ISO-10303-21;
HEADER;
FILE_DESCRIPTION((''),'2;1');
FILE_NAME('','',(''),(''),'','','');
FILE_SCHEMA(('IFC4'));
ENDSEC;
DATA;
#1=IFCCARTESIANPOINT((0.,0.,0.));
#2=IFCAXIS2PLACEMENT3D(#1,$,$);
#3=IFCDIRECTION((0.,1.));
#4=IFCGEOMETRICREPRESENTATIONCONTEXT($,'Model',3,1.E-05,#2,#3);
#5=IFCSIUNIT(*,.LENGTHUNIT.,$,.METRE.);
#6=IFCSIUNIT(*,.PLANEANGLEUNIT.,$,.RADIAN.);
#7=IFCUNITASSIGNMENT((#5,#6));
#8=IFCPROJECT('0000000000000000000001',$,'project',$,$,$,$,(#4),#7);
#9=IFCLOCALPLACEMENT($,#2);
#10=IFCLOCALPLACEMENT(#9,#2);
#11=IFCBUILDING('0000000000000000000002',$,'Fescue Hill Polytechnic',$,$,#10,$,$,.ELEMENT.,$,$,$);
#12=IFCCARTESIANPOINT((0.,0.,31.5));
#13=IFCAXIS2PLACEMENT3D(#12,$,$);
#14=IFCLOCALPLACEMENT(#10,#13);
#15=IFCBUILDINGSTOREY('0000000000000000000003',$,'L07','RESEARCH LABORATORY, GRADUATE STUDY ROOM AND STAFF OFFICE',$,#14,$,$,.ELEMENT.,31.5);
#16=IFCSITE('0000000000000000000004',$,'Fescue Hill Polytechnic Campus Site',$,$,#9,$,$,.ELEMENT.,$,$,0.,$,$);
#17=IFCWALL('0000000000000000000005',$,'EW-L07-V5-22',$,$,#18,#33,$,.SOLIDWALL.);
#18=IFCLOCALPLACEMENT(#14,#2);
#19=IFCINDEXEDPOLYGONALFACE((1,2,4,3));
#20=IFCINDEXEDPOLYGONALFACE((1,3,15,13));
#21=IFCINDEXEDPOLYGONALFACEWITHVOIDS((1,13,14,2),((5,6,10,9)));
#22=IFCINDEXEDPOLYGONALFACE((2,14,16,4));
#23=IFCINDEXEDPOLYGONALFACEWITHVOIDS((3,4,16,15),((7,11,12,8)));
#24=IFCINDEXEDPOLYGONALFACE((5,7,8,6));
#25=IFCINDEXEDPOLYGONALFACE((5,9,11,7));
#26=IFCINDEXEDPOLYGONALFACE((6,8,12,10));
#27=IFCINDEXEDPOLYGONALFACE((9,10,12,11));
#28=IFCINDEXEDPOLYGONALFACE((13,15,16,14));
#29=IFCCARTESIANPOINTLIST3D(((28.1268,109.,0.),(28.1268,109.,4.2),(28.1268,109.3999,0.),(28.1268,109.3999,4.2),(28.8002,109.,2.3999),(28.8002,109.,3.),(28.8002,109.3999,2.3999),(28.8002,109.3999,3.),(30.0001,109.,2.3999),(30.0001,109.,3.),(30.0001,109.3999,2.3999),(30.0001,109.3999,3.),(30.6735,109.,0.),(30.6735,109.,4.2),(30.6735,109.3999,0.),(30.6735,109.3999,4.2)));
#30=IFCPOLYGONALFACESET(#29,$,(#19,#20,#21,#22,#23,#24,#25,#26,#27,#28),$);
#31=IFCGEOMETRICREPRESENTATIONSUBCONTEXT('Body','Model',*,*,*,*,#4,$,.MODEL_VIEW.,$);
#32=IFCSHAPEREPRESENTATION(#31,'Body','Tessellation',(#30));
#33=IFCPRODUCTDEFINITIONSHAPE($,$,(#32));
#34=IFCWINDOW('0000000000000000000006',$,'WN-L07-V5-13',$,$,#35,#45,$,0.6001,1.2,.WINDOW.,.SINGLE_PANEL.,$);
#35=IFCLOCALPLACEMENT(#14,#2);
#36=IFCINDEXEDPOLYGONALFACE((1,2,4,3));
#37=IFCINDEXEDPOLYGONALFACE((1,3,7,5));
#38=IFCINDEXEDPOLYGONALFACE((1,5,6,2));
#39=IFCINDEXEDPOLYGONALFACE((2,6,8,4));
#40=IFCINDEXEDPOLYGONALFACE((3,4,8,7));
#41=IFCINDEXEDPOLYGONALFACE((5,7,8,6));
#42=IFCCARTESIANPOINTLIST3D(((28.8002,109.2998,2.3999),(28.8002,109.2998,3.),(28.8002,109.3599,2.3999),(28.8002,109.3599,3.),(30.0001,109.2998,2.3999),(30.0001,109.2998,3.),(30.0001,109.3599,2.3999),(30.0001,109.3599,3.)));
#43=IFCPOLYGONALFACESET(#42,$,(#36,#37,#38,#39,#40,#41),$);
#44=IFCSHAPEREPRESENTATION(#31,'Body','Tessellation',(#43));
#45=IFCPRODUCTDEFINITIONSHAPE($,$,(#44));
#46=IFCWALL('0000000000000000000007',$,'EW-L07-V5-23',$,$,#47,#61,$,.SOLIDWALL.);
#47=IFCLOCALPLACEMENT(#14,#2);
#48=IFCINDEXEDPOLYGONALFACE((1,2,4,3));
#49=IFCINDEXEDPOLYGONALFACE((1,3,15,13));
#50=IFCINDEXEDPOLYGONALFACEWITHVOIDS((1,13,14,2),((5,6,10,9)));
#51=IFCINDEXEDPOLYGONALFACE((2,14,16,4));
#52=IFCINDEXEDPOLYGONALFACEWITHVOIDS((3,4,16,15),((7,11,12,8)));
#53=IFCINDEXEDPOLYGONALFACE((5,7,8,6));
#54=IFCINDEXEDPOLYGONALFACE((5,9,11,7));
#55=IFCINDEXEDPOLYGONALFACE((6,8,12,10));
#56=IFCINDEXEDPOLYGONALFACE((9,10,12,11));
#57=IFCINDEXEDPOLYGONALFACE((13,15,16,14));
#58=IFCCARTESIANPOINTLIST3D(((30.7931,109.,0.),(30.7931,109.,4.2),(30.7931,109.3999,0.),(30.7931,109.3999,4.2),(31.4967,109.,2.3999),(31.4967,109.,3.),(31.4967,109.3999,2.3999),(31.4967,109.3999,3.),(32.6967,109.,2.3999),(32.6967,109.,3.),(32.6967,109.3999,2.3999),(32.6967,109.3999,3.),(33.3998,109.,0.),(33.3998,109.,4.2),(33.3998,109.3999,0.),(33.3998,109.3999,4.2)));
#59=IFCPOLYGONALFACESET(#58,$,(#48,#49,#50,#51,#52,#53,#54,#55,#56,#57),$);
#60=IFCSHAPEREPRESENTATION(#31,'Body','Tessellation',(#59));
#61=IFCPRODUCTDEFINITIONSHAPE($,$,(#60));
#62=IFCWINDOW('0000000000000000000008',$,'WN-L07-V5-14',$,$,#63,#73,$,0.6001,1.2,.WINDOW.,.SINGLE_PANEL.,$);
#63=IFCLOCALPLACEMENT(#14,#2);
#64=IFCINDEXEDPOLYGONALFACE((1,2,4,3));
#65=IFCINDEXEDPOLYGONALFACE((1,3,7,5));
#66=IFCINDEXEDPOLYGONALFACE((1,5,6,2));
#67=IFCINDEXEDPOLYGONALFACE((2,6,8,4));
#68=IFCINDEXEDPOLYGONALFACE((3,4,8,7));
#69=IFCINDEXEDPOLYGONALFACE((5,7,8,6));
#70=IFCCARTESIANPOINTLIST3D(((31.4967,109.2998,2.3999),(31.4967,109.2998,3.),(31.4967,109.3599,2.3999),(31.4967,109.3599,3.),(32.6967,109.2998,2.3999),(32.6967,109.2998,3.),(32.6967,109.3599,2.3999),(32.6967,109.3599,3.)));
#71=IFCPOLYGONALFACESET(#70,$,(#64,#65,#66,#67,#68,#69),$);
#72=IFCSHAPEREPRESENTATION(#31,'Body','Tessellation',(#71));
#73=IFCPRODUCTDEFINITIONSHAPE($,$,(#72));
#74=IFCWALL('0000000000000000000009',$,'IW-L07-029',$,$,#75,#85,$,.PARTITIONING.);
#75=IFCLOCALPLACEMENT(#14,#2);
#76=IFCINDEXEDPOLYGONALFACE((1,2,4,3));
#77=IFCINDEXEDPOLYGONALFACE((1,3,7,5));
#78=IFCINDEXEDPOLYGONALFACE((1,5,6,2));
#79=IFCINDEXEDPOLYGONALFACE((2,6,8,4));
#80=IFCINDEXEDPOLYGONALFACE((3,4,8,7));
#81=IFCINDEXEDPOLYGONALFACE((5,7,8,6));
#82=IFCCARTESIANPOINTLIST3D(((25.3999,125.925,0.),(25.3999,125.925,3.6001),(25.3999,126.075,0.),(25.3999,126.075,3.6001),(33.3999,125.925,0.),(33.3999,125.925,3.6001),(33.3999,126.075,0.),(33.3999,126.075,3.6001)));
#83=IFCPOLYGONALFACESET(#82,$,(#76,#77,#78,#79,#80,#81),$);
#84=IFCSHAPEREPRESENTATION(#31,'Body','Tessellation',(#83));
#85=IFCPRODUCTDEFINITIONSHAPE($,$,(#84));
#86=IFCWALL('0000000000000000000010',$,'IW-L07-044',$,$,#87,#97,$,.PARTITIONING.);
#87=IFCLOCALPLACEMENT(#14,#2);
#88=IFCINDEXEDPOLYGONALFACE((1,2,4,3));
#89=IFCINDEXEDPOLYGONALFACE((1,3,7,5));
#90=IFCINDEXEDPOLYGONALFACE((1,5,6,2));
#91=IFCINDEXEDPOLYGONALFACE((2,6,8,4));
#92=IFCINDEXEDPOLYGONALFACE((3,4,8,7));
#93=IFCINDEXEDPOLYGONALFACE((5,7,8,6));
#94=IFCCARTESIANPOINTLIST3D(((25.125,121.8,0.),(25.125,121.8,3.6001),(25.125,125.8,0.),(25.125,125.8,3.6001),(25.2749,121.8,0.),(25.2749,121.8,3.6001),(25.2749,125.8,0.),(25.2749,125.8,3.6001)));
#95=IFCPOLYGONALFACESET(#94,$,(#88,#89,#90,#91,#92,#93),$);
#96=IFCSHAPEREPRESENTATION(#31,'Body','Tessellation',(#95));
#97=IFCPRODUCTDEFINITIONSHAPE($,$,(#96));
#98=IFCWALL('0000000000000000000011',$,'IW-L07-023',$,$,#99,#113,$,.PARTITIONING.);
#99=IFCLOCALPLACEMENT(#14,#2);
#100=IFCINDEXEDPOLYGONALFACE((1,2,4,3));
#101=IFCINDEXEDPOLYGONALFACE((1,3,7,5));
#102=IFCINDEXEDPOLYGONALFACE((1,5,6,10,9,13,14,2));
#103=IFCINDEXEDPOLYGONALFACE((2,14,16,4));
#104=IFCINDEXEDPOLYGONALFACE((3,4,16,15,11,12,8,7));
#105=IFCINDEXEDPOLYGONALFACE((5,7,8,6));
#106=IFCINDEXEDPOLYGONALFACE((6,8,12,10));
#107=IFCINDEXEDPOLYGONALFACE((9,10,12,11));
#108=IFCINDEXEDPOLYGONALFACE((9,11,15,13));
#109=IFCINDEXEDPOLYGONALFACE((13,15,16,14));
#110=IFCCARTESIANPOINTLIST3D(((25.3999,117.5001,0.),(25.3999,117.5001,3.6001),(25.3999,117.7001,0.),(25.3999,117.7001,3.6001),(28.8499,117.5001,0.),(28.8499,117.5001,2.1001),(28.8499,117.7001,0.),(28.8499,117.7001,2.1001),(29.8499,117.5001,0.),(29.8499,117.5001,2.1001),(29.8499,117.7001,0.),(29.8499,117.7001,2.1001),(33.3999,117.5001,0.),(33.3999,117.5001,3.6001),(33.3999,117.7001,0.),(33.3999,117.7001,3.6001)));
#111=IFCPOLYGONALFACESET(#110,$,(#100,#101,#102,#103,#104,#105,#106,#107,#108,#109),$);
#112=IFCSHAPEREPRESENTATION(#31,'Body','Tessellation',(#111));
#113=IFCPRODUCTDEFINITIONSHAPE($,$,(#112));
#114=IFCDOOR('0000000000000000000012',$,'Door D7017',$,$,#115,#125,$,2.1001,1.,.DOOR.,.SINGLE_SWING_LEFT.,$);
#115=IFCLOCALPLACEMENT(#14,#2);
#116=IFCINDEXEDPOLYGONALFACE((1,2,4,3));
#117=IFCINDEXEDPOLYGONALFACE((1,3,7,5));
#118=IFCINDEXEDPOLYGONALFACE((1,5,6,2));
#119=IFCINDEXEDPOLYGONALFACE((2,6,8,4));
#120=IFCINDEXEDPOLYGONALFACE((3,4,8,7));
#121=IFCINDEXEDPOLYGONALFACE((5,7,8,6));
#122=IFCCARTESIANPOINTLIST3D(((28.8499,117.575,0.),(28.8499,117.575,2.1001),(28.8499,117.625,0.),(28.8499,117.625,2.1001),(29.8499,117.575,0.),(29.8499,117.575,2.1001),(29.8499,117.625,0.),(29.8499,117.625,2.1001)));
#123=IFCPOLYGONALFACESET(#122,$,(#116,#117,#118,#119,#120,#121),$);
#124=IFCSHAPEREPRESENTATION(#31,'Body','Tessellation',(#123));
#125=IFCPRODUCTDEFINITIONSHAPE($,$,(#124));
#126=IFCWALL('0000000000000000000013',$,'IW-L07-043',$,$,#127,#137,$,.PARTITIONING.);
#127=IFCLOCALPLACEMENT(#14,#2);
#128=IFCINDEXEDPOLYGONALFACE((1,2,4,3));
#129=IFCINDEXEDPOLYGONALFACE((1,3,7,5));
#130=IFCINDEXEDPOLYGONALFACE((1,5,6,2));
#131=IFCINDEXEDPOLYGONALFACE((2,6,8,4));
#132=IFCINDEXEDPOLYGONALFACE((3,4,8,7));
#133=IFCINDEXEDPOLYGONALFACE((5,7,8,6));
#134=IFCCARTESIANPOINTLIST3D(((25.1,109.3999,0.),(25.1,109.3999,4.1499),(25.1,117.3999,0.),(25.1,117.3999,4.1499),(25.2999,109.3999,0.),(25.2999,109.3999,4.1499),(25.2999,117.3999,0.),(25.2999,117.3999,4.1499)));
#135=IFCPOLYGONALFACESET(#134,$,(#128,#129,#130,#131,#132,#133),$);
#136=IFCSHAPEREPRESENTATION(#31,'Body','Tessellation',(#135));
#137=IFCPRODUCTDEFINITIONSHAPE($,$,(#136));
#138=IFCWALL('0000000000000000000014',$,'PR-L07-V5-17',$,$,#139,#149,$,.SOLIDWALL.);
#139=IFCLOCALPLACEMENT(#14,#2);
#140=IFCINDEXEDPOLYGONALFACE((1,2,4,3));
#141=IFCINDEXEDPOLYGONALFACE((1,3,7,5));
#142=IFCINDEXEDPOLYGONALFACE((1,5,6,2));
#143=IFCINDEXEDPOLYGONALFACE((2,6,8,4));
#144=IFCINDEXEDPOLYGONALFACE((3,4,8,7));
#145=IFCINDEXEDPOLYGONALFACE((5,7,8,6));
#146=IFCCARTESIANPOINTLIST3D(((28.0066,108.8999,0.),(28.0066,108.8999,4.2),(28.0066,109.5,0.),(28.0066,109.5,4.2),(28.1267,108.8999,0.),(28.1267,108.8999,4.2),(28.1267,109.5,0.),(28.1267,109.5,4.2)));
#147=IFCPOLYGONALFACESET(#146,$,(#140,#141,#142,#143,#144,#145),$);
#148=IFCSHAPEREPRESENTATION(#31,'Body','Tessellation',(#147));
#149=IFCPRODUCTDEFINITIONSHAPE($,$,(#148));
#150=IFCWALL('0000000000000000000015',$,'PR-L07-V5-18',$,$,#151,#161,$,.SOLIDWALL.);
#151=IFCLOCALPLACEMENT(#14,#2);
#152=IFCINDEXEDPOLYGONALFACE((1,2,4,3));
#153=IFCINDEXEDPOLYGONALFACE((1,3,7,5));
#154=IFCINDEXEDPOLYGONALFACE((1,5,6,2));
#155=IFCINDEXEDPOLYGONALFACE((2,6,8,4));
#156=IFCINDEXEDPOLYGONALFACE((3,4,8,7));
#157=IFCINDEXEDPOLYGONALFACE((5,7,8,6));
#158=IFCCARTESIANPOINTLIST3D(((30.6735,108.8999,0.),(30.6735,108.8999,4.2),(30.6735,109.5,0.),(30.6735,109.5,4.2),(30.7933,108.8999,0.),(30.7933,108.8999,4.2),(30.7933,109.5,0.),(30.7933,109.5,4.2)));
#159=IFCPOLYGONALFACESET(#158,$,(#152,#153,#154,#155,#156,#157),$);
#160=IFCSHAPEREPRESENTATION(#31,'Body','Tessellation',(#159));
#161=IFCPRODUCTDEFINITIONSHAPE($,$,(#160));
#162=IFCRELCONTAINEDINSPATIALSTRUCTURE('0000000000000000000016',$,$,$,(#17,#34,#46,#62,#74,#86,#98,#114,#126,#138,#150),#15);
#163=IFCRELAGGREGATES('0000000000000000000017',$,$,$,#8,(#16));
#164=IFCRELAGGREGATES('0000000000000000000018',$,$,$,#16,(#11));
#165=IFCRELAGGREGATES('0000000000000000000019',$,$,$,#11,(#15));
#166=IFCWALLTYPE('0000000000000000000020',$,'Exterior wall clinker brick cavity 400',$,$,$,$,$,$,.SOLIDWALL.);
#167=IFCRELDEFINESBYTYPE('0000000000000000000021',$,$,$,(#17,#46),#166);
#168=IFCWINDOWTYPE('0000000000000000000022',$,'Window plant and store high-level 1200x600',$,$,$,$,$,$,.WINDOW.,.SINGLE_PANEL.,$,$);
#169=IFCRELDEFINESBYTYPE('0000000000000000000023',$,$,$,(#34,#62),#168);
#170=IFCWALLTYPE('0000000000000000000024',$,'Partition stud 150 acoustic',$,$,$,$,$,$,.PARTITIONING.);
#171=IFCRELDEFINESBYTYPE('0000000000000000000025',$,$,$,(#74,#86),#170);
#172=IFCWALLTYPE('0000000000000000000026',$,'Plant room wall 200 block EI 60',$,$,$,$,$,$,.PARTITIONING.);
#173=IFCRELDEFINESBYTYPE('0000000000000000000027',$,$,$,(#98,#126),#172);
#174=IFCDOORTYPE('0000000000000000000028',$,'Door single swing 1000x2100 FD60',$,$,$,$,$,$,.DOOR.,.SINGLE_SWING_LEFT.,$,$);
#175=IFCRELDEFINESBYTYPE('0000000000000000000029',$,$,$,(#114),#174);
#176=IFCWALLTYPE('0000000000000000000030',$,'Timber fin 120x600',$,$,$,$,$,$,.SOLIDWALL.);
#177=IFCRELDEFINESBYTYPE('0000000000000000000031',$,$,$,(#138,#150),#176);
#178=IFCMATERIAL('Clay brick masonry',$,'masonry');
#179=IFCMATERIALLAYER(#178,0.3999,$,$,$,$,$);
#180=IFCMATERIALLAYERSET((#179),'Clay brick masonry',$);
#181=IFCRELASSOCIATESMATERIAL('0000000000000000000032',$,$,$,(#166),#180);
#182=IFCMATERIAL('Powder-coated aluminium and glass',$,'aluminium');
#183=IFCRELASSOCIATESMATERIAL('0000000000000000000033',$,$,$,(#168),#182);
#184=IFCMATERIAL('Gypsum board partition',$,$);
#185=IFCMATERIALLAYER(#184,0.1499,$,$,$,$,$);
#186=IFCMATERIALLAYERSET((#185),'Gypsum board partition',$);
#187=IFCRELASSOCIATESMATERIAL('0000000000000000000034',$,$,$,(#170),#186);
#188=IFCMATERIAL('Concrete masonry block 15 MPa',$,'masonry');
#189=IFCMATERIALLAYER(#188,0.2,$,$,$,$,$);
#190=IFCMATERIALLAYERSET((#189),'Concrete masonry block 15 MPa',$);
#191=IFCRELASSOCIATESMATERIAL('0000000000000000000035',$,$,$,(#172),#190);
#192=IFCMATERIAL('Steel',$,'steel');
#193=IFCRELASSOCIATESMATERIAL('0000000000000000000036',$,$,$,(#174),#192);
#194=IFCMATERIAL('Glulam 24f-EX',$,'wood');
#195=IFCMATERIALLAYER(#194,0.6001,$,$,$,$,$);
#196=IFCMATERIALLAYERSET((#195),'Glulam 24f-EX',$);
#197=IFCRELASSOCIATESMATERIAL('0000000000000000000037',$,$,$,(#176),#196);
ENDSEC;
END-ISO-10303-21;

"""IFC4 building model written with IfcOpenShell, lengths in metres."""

from ifc_helpers import new_model, si_unit, direction, frame, frame_2d, origin, place, context, subcontext, project, spatial, rectangle, extrude, material, layer, layer_set, type_object, element, fill, save


model = new_model("IFC4")

# Units and contexts
model_context = context("Model", 3, precision=1e-05, world=origin(), true_north=direction((0.0, 1.0)))
body_context = subcontext(model_context, "Body", "Model", "MODEL_VIEW")
ifc_project = project(units=[si_unit("LENGTHUNIT", "METRE"), si_unit("PLANEANGLEUNIT", "RADIAN")], contexts=[model_context])

# Site, building, storey
site_placement = place(None, origin())
site = spatial("IfcSite", under=ifc_project, at=site_placement, Name="Fescue Hill Polytechnic Campus Site", CompositionType="ELEMENT", RefElevation=0.0)
building_placement = place(site_placement, origin())
building = spatial("IfcBuilding", under=site, at=building_placement, Name="Fescue Hill Polytechnic", CompositionType="ELEMENT")
storey_placement = place(building_placement, frame((0.0, 0.0, 31.5)))
storey = spatial("IfcBuildingStorey", under=building, at=storey_placement, Name="L07", Description="RESEARCH LABORATORY, GRADUATE STUDY ROOM AND STAFF OFFICE", CompositionType="ELEMENT", Elevation=31.5)

# Walls, openings, windows
ifc_material_1 = material(Name="Clay brick masonry", Category="masonry")
ifc_layer_1 = layer(ifc_material_1, 0.3999)
ifc_layer_set_1 = layer_set([ifc_layer_1], Name="Clay brick masonry")
wall_type_1 = type_object("IfcWallType", Name="Exterior wall clinker brick cavity 400", PredefinedType="SOLIDWALL", material=ifc_layer_set_1)
ifc_material_2 = material(Name="Powder-coated aluminium and glass", Category="aluminium")
window_type = type_object("IfcWindowType", Name="Window plant and store high-level 1200x600", PartitioningType="SINGLE_PANEL", PredefinedType="WINDOW", material=ifc_material_2)
wall_1_placement = place(storey_placement, frame((28.1267, 109.2, 0.0), z_axis=(0.0, 0.0, 1.0), x_axis=(1.0, 0.0, 0.0)))
wall_1 = element("IfcWall", 1, at=wall_1_placement, inside=storey, type_object=wall_type_1, Name="EW-L07-V5-22", PredefinedType="SOLIDWALL", context=body_context, shape_type="SweptSolid", body=[
    extrude(rectangle(XDim=2.5466, YDim=0.3999, at=frame_2d((1.2734, 0.0))), origin(), (0.0, 0.0, 1.0), 4.2),
])
opening_1_placement = place(wall_1_placement, frame((0.6733, 0.0, 2.3999)))
opening_1 = element("IfcOpeningElement", 2, at=opening_1_placement, cuts=wall_1, PredefinedType="OPENING", context=body_context, shape_type="SweptSolid", body=[
    extrude(rectangle(XDim=1.2, YDim=0.6001, at=frame_2d((0.6001, 0.3))), frame((0.0, 0.21, 0.0), z_axis=(0.0, -1.0, 0.0), x_axis=(1.0, 0.0, 0.0)), (0.0, 0.0, 1.0), 0.4199),
])
window_1_placement = place(opening_1_placement, origin())
window_1 = element("IfcWindow", 3, at=window_1_placement, inside=storey, type_object=window_type, Name="WN-L07-V5-13", OverallHeight=0.6001, OverallWidth=1.2, PartitioningType="SINGLE_PANEL", PredefinedType="WINDOW", context=body_context, shape_type="SweptSolid", body=[
    extrude(rectangle(XDim=1.2, YDim=0.6001, at=frame_2d((0.6001, 0.3))), frame((0.0, 0.1599, 0.0), z_axis=(0.0, -1.0, 0.0), x_axis=(1.0, 0.0, 0.0)), (0.0, 0.0, 1.0), 0.0601),
])
fill(opening_1, window_1)
wall_2_placement = place(storey_placement, frame((30.7932, 109.2, 0.0), z_axis=(0.0, 0.0, 1.0), x_axis=(1.0, 0.0, 0.0)))
wall_2 = element("IfcWall", 4, at=wall_2_placement, inside=storey, type_object=wall_type_1, Name="EW-L07-V5-23", PredefinedType="SOLIDWALL", context=body_context, shape_type="SweptSolid", body=[
    extrude(rectangle(XDim=2.6067, YDim=0.3999, at=frame_2d((1.3032, 0.0))), origin(), (0.0, 0.0, 1.0), 4.2),
])
opening_2_placement = place(wall_2_placement, frame((0.7034, 0.0, 2.3999)))
opening_2 = element("IfcOpeningElement", 5, at=opening_2_placement, cuts=wall_2, PredefinedType="OPENING", context=body_context, shape_type="SweptSolid", body=[
    extrude(rectangle(XDim=1.2, YDim=0.6001, at=frame_2d((0.6001, 0.3))), frame((0.0, 0.21, 0.0), z_axis=(0.0, -1.0, 0.0), x_axis=(1.0, 0.0, 0.0)), (0.0, 0.0, 1.0), 0.4199),
])
window_2_placement = place(opening_2_placement, origin())
window_2 = element("IfcWindow", 6, at=window_2_placement, inside=storey, type_object=window_type, Name="WN-L07-V5-14", OverallHeight=0.6001, OverallWidth=1.2, PartitioningType="SINGLE_PANEL", PredefinedType="WINDOW", context=body_context, shape_type="SweptSolid", body=[
    extrude(rectangle(XDim=1.2, YDim=0.6001, at=frame_2d((0.6001, 0.3))), frame((0.0, 0.1599, 0.0), z_axis=(0.0, -1.0, 0.0), x_axis=(1.0, 0.0, 0.0)), (0.0, 0.0, 1.0), 0.0601),
])
fill(opening_2, window_2)

# Walls
ifc_material_3 = material(Name="Gypsum board partition")
ifc_layer_2 = layer(ifc_material_3, 0.1499)
ifc_layer_set_2 = layer_set([ifc_layer_2], Name="Gypsum board partition")
wall_type_2 = type_object("IfcWallType", Name="Partition stud 150 acoustic", PredefinedType="PARTITIONING", material=ifc_layer_set_2)
wall_3_placement = place(storey_placement, frame((25.3999, 126.0, 0.0), z_axis=(0.0, 0.0, 1.0), x_axis=(1.0, 0.0, 0.0)))
element("IfcWall", 7, at=wall_3_placement, inside=storey, type_object=wall_type_2, Name="IW-L07-029", PredefinedType="PARTITIONING", context=body_context, shape_type="SweptSolid", body=[
    extrude(rectangle(XDim=8.0, YDim=0.1499, at=frame_2d((4.0, 0.0))), origin(), (0.0, 0.0, 1.0), 3.6001),
])
wall_4_placement = place(storey_placement, frame((25.2, 121.8, 0.0), z_axis=(0.0, 0.0, 1.0), x_axis=(0.0, 1.0, 0.0)))
element("IfcWall", 8, at=wall_4_placement, inside=storey, type_object=wall_type_2, Name="IW-L07-044", PredefinedType="PARTITIONING", context=body_context, shape_type="SweptSolid", body=[
    extrude(rectangle(XDim=4.0, YDim=0.1499, at=frame_2d((2.0, 0.0))), origin(), (0.0, 0.0, 1.0), 3.6001),
])

# Wall, opening, door
ifc_material_4 = material(Name="Concrete masonry block 15 MPa", Category="masonry")
ifc_layer_3 = layer(ifc_material_4, 0.2)
ifc_layer_set_3 = layer_set([ifc_layer_3], Name="Concrete masonry block 15 MPa")
wall_type_3 = type_object("IfcWallType", Name="Plant room wall 200 block EI 60", PredefinedType="PARTITIONING", material=ifc_layer_set_3)
wall_5_placement = place(storey_placement, frame((25.3999, 117.6001, 0.0), z_axis=(0.0, 0.0, 1.0), x_axis=(1.0, 0.0, 0.0)))
wall_5 = element("IfcWall", 9, at=wall_5_placement, inside=storey, type_object=wall_type_3, Name="IW-L07-023", PredefinedType="PARTITIONING", context=body_context, shape_type="SweptSolid", body=[
    extrude(rectangle(XDim=8.0, YDim=0.2, at=frame_2d((4.0, 0.0))), origin(), (0.0, 0.0, 1.0), 3.6001),
])
opening_3_placement = place(wall_5_placement, frame((3.45, 0.0, 0.0)))
opening_3 = element("IfcOpeningElement", 10, at=opening_3_placement, cuts=wall_5, PredefinedType="OPENING", context=body_context, shape_type="SweptSolid", body=[
    extrude(rectangle(XDim=1.0, YDim=2.1001, at=frame_2d((0.5, 1.05))), frame((0.0, 0.1099, 0.0), z_axis=(0.0, -1.0, 0.0), x_axis=(1.0, 0.0, 0.0)), (0.0, 0.0, 1.0), 0.22),
])
ifc_material_5 = material(Name="Steel", Category="steel")
door_type = type_object("IfcDoorType", Name="Door single swing 1000x2100 FD60", OperationType="SINGLE_SWING_LEFT", PredefinedType="DOOR", material=ifc_material_5)
door_placement = place(opening_3_placement, origin())
door = element("IfcDoor", 11, at=door_placement, inside=storey, type_object=door_type, Name="Door D7017", OperationType="SINGLE_SWING_LEFT", OverallHeight=2.1001, OverallWidth=1.0, PredefinedType="DOOR", context=body_context, shape_type="SweptSolid", body=[
    extrude(rectangle(XDim=1.0, YDim=2.1001, at=frame_2d((0.5, 1.05))), frame((0.0, 0.0249, 0.0), z_axis=(0.0, -1.0, 0.0), x_axis=(1.0, 0.0, 0.0)), (0.0, 0.0, 1.0), 0.05),
])
fill(opening_3, door)

# Walls
wall_6_placement = place(storey_placement, frame((25.2, 109.3999, 0.0), z_axis=(0.0, 0.0, 1.0), x_axis=(0.0, 1.0, 0.0)))
element("IfcWall", 12, at=wall_6_placement, inside=storey, type_object=wall_type_3, Name="IW-L07-043", PredefinedType="PARTITIONING", context=body_context, shape_type="SweptSolid", body=[
    extrude(rectangle(XDim=8.0, YDim=0.2, at=frame_2d((4.0, 0.0))), origin(), (0.0, 0.0, 1.0), 4.1499),
])
ifc_material_6 = material(Name="Glulam 24f-EX", Category="wood")
ifc_layer_4 = layer(ifc_material_6, 0.6001)
ifc_layer_set_4 = layer_set([ifc_layer_4], Name="Glulam 24f-EX")
wall_type_4 = type_object("IfcWallType", Name="Timber fin 120x600", PredefinedType="SOLIDWALL", material=ifc_layer_set_4)
wall_7_placement = place(storey_placement, frame((28.0066, 109.2, 0.0), z_axis=(0.0, 0.0, 1.0), x_axis=(1.0, 0.0, 0.0)))
element("IfcWall", 13, at=wall_7_placement, inside=storey, type_object=wall_type_4, Name="PR-L07-V5-17", PredefinedType="SOLIDWALL", context=body_context, shape_type="SweptSolid", body=[
    extrude(rectangle(XDim=0.1201, YDim=0.6001, at=frame_2d((0.0601, 0.0))), origin(), (0.0, 0.0, 1.0), 4.2),
])
wall_8_placement = place(storey_placement, frame((30.6733, 109.2, 0.0), z_axis=(0.0, 0.0, 1.0), x_axis=(1.0, 0.0, 0.0)))
element("IfcWall", 14, at=wall_8_placement, inside=storey, type_object=wall_type_4, Name="PR-L07-V5-18", PredefinedType="SOLIDWALL", context=body_context, shape_type="SweptSolid", body=[
    extrude(rectangle(XDim=0.1199, YDim=0.6001, at=frame_2d((0.0601, 0.0))), origin(), (0.0, 0.0, 1.0), 4.2),
])

save(model, "model.ifc")
